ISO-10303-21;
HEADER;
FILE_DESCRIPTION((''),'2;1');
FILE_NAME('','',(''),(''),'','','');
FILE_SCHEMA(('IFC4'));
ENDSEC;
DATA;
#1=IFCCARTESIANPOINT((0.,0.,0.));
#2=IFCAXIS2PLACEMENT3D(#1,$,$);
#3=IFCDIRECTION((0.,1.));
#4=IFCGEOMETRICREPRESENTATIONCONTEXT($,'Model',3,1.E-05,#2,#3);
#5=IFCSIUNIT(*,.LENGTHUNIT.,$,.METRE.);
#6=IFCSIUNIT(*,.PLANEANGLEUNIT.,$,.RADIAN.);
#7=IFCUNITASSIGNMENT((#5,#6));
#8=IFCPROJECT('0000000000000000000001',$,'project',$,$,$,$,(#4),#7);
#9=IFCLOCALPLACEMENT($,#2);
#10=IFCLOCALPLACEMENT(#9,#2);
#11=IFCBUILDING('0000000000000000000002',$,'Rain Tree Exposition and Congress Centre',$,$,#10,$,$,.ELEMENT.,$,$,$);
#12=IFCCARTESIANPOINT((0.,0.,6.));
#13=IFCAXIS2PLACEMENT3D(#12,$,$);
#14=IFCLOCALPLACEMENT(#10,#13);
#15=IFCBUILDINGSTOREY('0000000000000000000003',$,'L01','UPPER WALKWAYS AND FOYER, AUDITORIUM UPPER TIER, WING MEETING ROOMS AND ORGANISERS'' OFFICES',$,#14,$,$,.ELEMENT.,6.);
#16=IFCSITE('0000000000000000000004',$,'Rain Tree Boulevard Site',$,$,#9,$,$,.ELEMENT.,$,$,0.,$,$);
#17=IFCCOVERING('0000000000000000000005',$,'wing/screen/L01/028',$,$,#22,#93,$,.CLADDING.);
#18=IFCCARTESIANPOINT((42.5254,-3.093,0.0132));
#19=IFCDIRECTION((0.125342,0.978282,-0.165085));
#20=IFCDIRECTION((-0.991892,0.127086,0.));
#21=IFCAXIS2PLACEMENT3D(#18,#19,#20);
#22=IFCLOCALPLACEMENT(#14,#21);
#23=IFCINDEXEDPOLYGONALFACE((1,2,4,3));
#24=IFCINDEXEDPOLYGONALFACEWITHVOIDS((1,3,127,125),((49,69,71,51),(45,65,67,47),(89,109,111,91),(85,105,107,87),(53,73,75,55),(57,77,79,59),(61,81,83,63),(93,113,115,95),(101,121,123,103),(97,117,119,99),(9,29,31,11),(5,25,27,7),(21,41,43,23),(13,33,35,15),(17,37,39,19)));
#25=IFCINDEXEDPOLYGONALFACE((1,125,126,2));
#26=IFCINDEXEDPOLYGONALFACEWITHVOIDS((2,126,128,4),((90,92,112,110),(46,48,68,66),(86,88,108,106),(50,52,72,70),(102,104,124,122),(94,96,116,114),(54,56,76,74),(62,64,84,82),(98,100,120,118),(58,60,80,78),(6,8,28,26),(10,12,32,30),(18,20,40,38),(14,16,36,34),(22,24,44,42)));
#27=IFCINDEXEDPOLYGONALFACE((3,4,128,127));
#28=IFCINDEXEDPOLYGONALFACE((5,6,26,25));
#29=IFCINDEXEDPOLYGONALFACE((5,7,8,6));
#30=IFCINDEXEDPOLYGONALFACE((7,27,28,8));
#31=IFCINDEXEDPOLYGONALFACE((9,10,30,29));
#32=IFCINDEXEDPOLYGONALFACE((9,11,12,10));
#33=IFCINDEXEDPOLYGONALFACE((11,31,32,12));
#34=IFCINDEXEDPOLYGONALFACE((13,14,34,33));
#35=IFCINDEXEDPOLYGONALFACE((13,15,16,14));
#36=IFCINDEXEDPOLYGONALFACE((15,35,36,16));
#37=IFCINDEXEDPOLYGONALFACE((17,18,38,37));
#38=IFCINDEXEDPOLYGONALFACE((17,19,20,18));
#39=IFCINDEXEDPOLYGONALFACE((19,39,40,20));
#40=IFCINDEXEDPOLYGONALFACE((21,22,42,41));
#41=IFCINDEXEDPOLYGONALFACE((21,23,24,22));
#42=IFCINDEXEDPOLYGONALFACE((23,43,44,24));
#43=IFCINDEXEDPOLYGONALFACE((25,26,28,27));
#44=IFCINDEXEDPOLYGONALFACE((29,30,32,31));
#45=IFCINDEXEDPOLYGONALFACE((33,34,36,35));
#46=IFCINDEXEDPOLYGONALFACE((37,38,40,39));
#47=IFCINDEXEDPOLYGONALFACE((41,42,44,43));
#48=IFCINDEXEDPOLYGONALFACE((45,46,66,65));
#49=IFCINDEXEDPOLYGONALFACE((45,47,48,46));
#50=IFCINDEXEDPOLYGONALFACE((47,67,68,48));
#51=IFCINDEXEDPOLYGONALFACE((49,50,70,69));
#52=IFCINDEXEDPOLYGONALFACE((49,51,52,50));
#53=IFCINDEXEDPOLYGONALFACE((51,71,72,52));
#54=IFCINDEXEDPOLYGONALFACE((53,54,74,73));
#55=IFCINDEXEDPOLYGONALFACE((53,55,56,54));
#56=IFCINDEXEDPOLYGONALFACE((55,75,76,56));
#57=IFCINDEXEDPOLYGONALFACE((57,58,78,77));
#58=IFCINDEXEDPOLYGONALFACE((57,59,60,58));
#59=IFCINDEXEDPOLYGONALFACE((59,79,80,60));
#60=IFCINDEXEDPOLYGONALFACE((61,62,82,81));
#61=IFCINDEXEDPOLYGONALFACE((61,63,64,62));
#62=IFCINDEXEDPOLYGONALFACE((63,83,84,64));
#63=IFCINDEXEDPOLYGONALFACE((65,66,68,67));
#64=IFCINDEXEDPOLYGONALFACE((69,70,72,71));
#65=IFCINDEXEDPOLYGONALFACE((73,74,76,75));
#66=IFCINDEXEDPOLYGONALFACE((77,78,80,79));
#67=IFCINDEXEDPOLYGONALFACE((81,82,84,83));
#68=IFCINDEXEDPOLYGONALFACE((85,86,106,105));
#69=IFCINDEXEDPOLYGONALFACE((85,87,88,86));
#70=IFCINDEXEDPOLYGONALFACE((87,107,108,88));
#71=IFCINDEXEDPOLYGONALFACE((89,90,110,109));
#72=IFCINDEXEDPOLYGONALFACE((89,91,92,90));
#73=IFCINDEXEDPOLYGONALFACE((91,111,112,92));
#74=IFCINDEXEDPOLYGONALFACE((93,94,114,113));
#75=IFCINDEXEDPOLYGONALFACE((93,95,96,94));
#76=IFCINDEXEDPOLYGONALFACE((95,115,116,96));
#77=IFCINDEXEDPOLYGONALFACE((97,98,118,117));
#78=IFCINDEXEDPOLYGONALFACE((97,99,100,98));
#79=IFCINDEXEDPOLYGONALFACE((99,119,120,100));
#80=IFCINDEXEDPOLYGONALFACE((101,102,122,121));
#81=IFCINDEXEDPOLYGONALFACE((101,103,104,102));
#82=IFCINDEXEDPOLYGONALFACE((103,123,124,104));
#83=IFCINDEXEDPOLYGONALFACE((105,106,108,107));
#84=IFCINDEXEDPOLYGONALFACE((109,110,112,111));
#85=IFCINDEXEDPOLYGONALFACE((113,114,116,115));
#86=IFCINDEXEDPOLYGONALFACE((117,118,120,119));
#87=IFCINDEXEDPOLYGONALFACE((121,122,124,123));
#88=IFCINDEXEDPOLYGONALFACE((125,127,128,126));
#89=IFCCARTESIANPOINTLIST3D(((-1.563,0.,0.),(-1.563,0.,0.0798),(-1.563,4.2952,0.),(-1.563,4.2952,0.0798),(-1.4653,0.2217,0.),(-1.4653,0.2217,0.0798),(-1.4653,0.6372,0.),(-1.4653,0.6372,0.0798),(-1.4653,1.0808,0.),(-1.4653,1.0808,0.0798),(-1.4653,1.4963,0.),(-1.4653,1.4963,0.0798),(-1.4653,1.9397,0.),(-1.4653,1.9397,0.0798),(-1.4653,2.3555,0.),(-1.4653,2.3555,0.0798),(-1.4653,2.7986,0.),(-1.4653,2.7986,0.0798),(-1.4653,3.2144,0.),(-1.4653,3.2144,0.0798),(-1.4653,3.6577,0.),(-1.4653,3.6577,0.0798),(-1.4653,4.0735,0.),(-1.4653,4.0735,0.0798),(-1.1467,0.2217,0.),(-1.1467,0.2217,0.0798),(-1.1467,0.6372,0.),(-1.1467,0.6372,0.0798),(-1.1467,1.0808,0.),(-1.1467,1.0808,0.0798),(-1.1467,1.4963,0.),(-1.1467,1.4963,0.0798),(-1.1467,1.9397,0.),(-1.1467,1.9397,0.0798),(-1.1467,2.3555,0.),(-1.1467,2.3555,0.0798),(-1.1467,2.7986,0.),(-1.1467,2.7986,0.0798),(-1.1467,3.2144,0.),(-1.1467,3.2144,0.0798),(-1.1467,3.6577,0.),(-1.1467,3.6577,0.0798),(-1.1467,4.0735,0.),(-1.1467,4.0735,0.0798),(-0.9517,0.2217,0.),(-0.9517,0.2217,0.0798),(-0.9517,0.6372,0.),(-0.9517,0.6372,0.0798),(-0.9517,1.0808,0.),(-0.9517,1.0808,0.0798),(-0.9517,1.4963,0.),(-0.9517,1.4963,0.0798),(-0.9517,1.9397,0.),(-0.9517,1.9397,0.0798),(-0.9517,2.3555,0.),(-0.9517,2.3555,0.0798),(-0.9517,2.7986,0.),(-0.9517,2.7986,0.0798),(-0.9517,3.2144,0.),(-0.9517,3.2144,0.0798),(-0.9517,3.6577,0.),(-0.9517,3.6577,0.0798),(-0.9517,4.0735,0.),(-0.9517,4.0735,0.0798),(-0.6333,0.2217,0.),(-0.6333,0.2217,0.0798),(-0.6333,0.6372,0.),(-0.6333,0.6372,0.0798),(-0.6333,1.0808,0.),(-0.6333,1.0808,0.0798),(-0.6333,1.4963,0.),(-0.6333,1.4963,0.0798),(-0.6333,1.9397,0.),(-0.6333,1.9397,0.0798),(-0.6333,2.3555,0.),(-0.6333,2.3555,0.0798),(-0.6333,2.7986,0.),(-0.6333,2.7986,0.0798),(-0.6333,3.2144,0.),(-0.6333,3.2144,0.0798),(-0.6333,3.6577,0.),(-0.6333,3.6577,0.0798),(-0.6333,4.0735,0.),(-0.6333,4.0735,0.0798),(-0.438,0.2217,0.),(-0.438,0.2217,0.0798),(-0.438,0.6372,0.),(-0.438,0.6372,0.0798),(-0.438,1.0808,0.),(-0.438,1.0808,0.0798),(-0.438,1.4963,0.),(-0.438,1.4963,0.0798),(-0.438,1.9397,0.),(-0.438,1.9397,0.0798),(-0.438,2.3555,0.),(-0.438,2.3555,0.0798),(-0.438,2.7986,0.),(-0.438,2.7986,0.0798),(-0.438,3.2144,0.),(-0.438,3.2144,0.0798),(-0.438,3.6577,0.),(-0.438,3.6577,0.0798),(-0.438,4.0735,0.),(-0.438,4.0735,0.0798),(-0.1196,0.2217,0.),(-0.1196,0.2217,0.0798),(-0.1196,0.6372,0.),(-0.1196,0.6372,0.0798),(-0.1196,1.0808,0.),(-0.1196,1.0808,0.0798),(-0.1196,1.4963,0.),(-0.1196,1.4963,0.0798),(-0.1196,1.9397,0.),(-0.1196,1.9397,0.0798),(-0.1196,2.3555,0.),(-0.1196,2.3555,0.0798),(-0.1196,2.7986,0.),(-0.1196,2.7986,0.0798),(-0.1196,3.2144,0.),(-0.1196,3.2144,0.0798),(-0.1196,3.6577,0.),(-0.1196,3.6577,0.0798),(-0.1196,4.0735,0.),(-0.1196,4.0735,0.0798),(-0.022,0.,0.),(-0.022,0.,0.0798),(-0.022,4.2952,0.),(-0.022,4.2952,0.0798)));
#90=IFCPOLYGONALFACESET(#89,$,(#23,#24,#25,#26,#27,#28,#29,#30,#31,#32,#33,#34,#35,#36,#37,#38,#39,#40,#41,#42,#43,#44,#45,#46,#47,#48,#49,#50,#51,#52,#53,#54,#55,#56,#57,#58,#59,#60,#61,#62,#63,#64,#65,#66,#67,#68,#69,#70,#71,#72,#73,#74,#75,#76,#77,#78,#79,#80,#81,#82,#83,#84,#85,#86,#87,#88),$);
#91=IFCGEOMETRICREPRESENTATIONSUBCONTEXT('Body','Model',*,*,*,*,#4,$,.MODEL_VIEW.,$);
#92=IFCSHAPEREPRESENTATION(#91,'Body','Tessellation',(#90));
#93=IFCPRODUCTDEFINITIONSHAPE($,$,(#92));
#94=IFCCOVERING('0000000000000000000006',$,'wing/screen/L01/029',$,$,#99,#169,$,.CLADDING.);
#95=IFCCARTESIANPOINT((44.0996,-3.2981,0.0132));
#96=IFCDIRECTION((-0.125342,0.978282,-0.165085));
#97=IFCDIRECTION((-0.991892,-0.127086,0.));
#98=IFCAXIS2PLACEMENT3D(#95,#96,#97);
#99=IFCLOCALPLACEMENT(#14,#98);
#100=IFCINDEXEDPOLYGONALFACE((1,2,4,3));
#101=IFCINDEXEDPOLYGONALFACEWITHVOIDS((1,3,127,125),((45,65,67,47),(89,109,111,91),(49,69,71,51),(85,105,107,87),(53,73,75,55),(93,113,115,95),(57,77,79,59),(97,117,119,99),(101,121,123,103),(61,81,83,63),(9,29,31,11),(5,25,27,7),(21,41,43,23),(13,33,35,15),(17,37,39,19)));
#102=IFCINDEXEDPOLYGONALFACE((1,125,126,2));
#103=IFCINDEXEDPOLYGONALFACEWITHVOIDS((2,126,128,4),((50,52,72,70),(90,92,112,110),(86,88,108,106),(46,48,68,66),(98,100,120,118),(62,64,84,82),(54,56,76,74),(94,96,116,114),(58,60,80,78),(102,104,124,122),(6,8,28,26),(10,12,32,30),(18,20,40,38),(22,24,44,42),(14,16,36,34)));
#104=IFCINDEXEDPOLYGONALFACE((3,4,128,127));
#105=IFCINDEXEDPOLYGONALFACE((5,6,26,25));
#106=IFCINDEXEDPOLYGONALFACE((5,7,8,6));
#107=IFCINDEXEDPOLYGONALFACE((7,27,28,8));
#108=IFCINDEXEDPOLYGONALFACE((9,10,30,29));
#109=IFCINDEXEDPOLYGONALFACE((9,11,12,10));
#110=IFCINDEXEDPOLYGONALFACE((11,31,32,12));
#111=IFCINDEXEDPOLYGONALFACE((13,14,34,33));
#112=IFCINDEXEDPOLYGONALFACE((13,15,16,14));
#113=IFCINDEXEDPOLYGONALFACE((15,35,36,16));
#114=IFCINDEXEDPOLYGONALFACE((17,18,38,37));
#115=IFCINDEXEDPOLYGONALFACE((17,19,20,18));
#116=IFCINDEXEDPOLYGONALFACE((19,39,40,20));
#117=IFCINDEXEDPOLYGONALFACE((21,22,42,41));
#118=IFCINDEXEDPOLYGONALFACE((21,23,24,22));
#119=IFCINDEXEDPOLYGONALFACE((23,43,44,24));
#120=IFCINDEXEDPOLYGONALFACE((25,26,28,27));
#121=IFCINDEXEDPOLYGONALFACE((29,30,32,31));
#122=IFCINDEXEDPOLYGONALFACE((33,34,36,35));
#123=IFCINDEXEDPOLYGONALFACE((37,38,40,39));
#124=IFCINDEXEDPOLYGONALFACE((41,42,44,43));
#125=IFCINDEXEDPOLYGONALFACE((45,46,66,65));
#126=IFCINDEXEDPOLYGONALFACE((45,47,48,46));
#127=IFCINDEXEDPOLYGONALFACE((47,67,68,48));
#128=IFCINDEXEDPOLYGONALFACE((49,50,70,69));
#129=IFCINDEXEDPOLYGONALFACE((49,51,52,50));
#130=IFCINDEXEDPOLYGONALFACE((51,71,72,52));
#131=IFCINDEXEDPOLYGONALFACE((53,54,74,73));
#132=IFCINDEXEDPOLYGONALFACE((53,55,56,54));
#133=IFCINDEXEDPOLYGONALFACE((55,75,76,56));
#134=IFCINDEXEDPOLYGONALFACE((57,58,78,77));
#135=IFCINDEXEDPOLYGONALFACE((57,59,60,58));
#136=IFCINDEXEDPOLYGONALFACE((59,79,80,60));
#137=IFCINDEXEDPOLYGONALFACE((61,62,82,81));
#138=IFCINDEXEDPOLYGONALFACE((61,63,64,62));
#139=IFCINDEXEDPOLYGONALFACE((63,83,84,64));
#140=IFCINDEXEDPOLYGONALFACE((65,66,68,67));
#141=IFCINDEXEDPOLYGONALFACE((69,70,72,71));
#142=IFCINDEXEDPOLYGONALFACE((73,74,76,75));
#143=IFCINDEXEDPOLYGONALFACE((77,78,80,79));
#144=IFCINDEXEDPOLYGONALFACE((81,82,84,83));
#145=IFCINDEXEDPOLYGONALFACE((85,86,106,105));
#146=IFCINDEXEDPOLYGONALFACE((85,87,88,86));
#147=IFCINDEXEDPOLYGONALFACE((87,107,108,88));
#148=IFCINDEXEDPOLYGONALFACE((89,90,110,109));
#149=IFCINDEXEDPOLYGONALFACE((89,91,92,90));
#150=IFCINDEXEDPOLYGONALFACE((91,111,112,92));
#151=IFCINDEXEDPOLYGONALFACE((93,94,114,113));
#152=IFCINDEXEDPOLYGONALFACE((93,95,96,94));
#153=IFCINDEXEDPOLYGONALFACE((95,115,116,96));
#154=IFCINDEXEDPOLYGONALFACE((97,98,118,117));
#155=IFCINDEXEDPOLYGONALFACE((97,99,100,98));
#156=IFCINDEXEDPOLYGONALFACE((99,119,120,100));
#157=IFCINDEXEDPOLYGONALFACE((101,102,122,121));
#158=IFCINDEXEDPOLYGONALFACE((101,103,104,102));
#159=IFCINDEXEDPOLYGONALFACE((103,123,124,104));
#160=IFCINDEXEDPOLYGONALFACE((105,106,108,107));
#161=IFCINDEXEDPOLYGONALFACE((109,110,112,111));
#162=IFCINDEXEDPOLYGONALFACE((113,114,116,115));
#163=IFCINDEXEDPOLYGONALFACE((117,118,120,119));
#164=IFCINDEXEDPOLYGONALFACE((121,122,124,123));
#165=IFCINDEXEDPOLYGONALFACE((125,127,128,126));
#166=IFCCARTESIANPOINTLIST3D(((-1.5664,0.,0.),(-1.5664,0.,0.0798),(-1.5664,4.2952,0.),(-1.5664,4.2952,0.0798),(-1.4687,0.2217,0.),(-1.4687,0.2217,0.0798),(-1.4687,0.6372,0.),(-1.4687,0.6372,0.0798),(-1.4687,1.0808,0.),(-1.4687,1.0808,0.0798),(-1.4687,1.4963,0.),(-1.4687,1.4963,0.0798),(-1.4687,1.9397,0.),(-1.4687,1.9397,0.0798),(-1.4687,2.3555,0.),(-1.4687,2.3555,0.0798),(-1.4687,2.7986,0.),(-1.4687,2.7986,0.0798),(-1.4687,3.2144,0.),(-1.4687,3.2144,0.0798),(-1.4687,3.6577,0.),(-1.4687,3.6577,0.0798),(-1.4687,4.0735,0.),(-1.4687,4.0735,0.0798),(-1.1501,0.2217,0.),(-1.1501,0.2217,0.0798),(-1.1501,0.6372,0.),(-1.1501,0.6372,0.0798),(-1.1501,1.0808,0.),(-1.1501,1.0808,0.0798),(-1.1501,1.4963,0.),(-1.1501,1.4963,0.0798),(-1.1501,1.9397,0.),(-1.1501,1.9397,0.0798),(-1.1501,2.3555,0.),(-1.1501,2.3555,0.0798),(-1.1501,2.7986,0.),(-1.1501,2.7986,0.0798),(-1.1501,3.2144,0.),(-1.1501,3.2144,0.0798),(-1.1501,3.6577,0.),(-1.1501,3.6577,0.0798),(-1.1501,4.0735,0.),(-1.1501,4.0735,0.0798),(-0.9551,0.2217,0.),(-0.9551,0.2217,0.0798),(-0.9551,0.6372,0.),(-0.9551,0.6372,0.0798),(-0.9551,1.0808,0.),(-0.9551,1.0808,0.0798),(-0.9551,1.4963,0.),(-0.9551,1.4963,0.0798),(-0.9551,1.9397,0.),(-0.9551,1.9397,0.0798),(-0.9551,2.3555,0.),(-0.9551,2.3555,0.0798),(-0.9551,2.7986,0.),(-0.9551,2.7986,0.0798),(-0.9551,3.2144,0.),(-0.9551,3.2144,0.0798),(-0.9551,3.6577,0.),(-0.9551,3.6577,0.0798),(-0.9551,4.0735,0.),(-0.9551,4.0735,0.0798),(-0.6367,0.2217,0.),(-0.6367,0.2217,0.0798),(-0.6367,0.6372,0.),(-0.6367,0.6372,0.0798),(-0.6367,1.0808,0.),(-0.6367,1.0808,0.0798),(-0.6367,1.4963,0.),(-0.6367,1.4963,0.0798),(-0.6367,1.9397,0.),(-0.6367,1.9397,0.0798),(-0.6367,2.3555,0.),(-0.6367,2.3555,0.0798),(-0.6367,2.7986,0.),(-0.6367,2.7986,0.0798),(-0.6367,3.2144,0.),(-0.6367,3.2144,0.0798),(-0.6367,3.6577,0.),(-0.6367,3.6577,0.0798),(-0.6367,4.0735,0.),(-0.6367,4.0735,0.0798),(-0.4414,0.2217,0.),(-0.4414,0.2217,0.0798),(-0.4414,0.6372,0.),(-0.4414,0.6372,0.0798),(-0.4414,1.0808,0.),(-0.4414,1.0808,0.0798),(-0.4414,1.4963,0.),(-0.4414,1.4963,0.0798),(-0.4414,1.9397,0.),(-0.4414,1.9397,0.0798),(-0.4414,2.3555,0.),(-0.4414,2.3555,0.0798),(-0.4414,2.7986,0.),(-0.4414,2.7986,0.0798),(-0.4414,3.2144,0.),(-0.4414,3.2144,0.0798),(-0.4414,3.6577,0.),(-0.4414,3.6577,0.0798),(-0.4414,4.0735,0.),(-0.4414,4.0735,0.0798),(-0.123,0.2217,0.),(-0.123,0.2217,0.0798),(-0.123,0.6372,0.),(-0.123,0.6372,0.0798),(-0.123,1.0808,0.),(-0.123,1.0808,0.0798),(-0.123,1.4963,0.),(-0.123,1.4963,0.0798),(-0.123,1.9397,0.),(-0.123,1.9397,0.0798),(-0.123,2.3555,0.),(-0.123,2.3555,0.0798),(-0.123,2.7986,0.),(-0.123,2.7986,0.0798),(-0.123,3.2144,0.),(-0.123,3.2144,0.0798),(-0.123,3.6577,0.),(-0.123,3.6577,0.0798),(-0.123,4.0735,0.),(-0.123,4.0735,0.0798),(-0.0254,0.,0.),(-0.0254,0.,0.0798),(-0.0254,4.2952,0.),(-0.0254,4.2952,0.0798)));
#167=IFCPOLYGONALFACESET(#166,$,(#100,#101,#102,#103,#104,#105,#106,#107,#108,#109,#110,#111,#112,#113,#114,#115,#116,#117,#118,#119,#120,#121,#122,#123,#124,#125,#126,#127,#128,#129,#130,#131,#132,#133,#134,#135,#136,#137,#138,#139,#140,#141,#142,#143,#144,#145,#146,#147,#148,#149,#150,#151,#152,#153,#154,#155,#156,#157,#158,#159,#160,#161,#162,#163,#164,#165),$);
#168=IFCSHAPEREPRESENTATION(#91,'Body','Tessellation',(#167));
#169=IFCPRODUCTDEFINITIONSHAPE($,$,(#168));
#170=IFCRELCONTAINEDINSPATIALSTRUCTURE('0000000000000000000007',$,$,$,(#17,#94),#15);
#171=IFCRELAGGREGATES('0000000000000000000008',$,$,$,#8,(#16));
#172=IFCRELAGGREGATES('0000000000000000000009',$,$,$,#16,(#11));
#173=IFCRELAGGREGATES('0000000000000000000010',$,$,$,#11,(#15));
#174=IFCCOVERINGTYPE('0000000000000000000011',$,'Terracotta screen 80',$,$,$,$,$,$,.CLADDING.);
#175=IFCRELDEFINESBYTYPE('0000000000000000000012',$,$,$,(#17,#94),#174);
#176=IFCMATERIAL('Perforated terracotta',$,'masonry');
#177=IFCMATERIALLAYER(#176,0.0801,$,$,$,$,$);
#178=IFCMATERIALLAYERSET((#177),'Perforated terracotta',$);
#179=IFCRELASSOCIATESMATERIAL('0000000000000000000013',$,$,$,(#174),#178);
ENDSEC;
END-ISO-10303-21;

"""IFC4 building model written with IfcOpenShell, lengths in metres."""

from ifc_helpers import new_model, si_unit, direction, frame, origin, place, context, subcontext, project, spatial, polyline, outline, extrude, material, layer, layer_set, type_object, element, save


model = new_model("IFC4")

# Units and contexts
model_context = context("Model", 3, precision=1e-05, world=origin(), true_north=direction((0.0, 1.0)))
body_context = subcontext(model_context, "Body", "Model", "MODEL_VIEW")
ifc_project = project(units=[si_unit("LENGTHUNIT", "METRE"), si_unit("PLANEANGLEUNIT", "RADIAN")], contexts=[model_context])

# Site, building, storey
site_placement = place(None, origin())
site = spatial("IfcSite", under=ifc_project, at=site_placement, Name="Rain Tree Boulevard Site", CompositionType="ELEMENT", RefElevation=0.0)
building_placement = place(site_placement, origin())
building = spatial("IfcBuilding", under=site, at=building_placement, Name="Rain Tree Exposition and Congress Centre", CompositionType="ELEMENT")
storey_placement = place(building_placement, frame((0.0, 0.0, 6.0)))
storey = spatial("IfcBuildingStorey", under=building, at=storey_placement, Name="L01", Description="UPPER WALKWAYS AND FOYER, AUDITORIUM UPPER TIER, WING MEETING ROOMS AND ORGANISERS' OFFICES", CompositionType="ELEMENT", Elevation=6.0)

# Coverings
ifc_material_1 = material(Name="Perforated terracotta", Category="masonry")
ifc_layer_1 = layer(ifc_material_1, 0.0801)
ifc_layer_set_1 = layer_set([ifc_layer_1], Name="Perforated terracotta")
covering_type = type_object("IfcCoveringType", Name="Terracotta screen 80", PredefinedType="CLADDING", material=ifc_layer_set_1)
covering_1_placement = place(storey_placement, frame((42.5254, -3.093, 0.0132), z_axis=(0.125342, 0.978282, -0.165085), x_axis=(-0.991892, 0.127086, 0.0)))
element("IfcCovering", 1, at=covering_1_placement, inside=storey, type_object=covering_type, Name="wing/screen/L01/028", PredefinedType="CLADDING", context=body_context, shape_type="SweptSolid", body=[
    extrude(outline(polyline([(-1.563, 0.0), (-1.563, 4.2952), (-0.022, 4.2952), (-0.022, 0.0), (-1.563, 0.0)]), holes=[polyline([(-0.1196, 0.2217), (-0.1196, 0.6372), (-0.438, 0.6372), (-0.438, 0.2217), (-0.1196, 0.2217)]), polyline([(-0.1196, 1.0808), (-0.1196, 1.4963), (-0.438, 1.4963), (-0.438, 1.0808), (-0.1196, 1.0808)]), polyline([(-0.1196, 1.9397), (-0.1196, 2.3555), (-0.438, 2.3555), (-0.438, 1.9397), (-0.1196, 1.9397)]), polyline([(-0.1196, 2.7986), (-0.1196, 3.2144), (-0.438, 3.2144), (-0.438, 2.7986), (-0.1196, 2.7986)]), polyline([(-0.1196, 3.6577), (-0.1196, 4.0735), (-0.438, 4.0735), (-0.438, 3.6577), (-0.1196, 3.6577)]), polyline([(-0.6333, 0.2217), (-0.6333, 0.6372), (-0.9517, 0.6372), (-0.9517, 0.2217), (-0.6333, 0.2217)]), polyline([(-0.6333, 1.0808), (-0.6333, 1.4963), (-0.9517, 1.4963), (-0.9517, 1.0808), (-0.6333, 1.0808)]), polyline([(-0.6333, 1.9397), (-0.6333, 2.3555), (-0.9517, 2.3555), (-0.9517, 1.9397), (-0.6333, 1.9397)]), polyline([(-0.6333, 2.7986), (-0.6333, 3.2144), (-0.9517, 3.2144), (-0.9517, 2.7986), (-0.6333, 2.7986)]), polyline([(-0.6333, 3.6577), (-0.6333, 4.0735), (-0.9517, 4.0735), (-0.9517, 3.6577), (-0.6333, 3.6577)]), polyline([(-1.1467, 0.2217), (-1.1467, 0.6372), (-1.4653, 0.6372), (-1.4653, 0.2217), (-1.1467, 0.2217)]), polyline([(-1.1467, 1.0808), (-1.1467, 1.4963), (-1.4653, 1.4963), (-1.4653, 1.0808), (-1.1467, 1.0808)]), polyline([(-1.1467, 1.9397), (-1.1467, 2.3555), (-1.4653, 2.3555), (-1.4653, 1.9397), (-1.1467, 1.9397)]), polyline([(-1.1467, 2.7986), (-1.1467, 3.2144), (-1.4653, 3.2144), (-1.4653, 2.7986), (-1.1467, 2.7986)]), polyline([(-1.1467, 3.6577), (-1.1467, 4.0735), (-1.4653, 4.0735), (-1.4653, 3.6577), (-1.1467, 3.6577)])]), origin(), (0.0, 0.0, 1.0), 0.0798),
])
covering_2_placement = place(storey_placement, frame((44.0996, -3.2981, 0.0132), z_axis=(-0.125342, 0.978282, -0.165085), x_axis=(-0.991892, -0.127086, 0.0)))
element("IfcCovering", 2, at=covering_2_placement, inside=storey, type_object=covering_type, Name="wing/screen/L01/029", PredefinedType="CLADDING", context=body_context, shape_type="SweptSolid", body=[
    extrude(outline(polyline([(-1.5664, 0.0), (-1.5664, 4.2952), (-0.0254, 4.2952), (-0.0254, 0.0), (-1.5664, 0.0)]), holes=[polyline([(-0.123, 0.2217), (-0.123, 0.6372), (-0.4414, 0.6372), (-0.4414, 0.2217), (-0.123, 0.2217)]), polyline([(-0.123, 1.0808), (-0.123, 1.4963), (-0.4414, 1.4963), (-0.4414, 1.0808), (-0.123, 1.0808)]), polyline([(-0.123, 1.9397), (-0.123, 2.3555), (-0.4414, 2.3555), (-0.4414, 1.9397), (-0.123, 1.9397)]), polyline([(-0.123, 2.7986), (-0.123, 3.2144), (-0.4414, 3.2144), (-0.4414, 2.7986), (-0.123, 2.7986)]), polyline([(-0.123, 3.6577), (-0.123, 4.0735), (-0.4414, 4.0735), (-0.4414, 3.6577), (-0.123, 3.6577)]), polyline([(-0.6367, 0.2217), (-0.6367, 0.6372), (-0.9551, 0.6372), (-0.9551, 0.2217), (-0.6367, 0.2217)]), polyline([(-0.6367, 1.0808), (-0.6367, 1.4963), (-0.9551, 1.4963), (-0.9551, 1.0808), (-0.6367, 1.0808)]), polyline([(-0.6367, 1.9397), (-0.6367, 2.3555), (-0.9551, 2.3555), (-0.9551, 1.9397), (-0.6367, 1.9397)]), polyline([(-0.6367, 2.7986), (-0.6367, 3.2144), (-0.9551, 3.2144), (-0.9551, 2.7986), (-0.6367, 2.7986)]), polyline([(-0.6367, 3.6577), (-0.6367, 4.0735), (-0.9551, 4.0735), (-0.9551, 3.6577), (-0.6367, 3.6577)]), polyline([(-1.1501, 0.2217), (-1.1501, 0.6372), (-1.4688, 0.6372), (-1.4688, 0.2217), (-1.1501, 0.2217)]), polyline([(-1.1501, 1.0808), (-1.1501, 1.4963), (-1.4688, 1.4963), (-1.4688, 1.0808), (-1.1501, 1.0808)]), polyline([(-1.1501, 1.9397), (-1.1501, 2.3555), (-1.4688, 2.3555), (-1.4688, 1.9397), (-1.1501, 1.9397)]), polyline([(-1.1501, 2.7986), (-1.1501, 3.2144), (-1.4688, 3.2144), (-1.4688, 2.7986), (-1.1501, 2.7986)]), polyline([(-1.1501, 3.6577), (-1.1501, 4.0735), (-1.4688, 4.0735), (-1.4688, 3.6577), (-1.1501, 3.6577)])]), origin(), (0.0, 0.0, 1.0), 0.0798),
])

save(model, "model.ifc")
